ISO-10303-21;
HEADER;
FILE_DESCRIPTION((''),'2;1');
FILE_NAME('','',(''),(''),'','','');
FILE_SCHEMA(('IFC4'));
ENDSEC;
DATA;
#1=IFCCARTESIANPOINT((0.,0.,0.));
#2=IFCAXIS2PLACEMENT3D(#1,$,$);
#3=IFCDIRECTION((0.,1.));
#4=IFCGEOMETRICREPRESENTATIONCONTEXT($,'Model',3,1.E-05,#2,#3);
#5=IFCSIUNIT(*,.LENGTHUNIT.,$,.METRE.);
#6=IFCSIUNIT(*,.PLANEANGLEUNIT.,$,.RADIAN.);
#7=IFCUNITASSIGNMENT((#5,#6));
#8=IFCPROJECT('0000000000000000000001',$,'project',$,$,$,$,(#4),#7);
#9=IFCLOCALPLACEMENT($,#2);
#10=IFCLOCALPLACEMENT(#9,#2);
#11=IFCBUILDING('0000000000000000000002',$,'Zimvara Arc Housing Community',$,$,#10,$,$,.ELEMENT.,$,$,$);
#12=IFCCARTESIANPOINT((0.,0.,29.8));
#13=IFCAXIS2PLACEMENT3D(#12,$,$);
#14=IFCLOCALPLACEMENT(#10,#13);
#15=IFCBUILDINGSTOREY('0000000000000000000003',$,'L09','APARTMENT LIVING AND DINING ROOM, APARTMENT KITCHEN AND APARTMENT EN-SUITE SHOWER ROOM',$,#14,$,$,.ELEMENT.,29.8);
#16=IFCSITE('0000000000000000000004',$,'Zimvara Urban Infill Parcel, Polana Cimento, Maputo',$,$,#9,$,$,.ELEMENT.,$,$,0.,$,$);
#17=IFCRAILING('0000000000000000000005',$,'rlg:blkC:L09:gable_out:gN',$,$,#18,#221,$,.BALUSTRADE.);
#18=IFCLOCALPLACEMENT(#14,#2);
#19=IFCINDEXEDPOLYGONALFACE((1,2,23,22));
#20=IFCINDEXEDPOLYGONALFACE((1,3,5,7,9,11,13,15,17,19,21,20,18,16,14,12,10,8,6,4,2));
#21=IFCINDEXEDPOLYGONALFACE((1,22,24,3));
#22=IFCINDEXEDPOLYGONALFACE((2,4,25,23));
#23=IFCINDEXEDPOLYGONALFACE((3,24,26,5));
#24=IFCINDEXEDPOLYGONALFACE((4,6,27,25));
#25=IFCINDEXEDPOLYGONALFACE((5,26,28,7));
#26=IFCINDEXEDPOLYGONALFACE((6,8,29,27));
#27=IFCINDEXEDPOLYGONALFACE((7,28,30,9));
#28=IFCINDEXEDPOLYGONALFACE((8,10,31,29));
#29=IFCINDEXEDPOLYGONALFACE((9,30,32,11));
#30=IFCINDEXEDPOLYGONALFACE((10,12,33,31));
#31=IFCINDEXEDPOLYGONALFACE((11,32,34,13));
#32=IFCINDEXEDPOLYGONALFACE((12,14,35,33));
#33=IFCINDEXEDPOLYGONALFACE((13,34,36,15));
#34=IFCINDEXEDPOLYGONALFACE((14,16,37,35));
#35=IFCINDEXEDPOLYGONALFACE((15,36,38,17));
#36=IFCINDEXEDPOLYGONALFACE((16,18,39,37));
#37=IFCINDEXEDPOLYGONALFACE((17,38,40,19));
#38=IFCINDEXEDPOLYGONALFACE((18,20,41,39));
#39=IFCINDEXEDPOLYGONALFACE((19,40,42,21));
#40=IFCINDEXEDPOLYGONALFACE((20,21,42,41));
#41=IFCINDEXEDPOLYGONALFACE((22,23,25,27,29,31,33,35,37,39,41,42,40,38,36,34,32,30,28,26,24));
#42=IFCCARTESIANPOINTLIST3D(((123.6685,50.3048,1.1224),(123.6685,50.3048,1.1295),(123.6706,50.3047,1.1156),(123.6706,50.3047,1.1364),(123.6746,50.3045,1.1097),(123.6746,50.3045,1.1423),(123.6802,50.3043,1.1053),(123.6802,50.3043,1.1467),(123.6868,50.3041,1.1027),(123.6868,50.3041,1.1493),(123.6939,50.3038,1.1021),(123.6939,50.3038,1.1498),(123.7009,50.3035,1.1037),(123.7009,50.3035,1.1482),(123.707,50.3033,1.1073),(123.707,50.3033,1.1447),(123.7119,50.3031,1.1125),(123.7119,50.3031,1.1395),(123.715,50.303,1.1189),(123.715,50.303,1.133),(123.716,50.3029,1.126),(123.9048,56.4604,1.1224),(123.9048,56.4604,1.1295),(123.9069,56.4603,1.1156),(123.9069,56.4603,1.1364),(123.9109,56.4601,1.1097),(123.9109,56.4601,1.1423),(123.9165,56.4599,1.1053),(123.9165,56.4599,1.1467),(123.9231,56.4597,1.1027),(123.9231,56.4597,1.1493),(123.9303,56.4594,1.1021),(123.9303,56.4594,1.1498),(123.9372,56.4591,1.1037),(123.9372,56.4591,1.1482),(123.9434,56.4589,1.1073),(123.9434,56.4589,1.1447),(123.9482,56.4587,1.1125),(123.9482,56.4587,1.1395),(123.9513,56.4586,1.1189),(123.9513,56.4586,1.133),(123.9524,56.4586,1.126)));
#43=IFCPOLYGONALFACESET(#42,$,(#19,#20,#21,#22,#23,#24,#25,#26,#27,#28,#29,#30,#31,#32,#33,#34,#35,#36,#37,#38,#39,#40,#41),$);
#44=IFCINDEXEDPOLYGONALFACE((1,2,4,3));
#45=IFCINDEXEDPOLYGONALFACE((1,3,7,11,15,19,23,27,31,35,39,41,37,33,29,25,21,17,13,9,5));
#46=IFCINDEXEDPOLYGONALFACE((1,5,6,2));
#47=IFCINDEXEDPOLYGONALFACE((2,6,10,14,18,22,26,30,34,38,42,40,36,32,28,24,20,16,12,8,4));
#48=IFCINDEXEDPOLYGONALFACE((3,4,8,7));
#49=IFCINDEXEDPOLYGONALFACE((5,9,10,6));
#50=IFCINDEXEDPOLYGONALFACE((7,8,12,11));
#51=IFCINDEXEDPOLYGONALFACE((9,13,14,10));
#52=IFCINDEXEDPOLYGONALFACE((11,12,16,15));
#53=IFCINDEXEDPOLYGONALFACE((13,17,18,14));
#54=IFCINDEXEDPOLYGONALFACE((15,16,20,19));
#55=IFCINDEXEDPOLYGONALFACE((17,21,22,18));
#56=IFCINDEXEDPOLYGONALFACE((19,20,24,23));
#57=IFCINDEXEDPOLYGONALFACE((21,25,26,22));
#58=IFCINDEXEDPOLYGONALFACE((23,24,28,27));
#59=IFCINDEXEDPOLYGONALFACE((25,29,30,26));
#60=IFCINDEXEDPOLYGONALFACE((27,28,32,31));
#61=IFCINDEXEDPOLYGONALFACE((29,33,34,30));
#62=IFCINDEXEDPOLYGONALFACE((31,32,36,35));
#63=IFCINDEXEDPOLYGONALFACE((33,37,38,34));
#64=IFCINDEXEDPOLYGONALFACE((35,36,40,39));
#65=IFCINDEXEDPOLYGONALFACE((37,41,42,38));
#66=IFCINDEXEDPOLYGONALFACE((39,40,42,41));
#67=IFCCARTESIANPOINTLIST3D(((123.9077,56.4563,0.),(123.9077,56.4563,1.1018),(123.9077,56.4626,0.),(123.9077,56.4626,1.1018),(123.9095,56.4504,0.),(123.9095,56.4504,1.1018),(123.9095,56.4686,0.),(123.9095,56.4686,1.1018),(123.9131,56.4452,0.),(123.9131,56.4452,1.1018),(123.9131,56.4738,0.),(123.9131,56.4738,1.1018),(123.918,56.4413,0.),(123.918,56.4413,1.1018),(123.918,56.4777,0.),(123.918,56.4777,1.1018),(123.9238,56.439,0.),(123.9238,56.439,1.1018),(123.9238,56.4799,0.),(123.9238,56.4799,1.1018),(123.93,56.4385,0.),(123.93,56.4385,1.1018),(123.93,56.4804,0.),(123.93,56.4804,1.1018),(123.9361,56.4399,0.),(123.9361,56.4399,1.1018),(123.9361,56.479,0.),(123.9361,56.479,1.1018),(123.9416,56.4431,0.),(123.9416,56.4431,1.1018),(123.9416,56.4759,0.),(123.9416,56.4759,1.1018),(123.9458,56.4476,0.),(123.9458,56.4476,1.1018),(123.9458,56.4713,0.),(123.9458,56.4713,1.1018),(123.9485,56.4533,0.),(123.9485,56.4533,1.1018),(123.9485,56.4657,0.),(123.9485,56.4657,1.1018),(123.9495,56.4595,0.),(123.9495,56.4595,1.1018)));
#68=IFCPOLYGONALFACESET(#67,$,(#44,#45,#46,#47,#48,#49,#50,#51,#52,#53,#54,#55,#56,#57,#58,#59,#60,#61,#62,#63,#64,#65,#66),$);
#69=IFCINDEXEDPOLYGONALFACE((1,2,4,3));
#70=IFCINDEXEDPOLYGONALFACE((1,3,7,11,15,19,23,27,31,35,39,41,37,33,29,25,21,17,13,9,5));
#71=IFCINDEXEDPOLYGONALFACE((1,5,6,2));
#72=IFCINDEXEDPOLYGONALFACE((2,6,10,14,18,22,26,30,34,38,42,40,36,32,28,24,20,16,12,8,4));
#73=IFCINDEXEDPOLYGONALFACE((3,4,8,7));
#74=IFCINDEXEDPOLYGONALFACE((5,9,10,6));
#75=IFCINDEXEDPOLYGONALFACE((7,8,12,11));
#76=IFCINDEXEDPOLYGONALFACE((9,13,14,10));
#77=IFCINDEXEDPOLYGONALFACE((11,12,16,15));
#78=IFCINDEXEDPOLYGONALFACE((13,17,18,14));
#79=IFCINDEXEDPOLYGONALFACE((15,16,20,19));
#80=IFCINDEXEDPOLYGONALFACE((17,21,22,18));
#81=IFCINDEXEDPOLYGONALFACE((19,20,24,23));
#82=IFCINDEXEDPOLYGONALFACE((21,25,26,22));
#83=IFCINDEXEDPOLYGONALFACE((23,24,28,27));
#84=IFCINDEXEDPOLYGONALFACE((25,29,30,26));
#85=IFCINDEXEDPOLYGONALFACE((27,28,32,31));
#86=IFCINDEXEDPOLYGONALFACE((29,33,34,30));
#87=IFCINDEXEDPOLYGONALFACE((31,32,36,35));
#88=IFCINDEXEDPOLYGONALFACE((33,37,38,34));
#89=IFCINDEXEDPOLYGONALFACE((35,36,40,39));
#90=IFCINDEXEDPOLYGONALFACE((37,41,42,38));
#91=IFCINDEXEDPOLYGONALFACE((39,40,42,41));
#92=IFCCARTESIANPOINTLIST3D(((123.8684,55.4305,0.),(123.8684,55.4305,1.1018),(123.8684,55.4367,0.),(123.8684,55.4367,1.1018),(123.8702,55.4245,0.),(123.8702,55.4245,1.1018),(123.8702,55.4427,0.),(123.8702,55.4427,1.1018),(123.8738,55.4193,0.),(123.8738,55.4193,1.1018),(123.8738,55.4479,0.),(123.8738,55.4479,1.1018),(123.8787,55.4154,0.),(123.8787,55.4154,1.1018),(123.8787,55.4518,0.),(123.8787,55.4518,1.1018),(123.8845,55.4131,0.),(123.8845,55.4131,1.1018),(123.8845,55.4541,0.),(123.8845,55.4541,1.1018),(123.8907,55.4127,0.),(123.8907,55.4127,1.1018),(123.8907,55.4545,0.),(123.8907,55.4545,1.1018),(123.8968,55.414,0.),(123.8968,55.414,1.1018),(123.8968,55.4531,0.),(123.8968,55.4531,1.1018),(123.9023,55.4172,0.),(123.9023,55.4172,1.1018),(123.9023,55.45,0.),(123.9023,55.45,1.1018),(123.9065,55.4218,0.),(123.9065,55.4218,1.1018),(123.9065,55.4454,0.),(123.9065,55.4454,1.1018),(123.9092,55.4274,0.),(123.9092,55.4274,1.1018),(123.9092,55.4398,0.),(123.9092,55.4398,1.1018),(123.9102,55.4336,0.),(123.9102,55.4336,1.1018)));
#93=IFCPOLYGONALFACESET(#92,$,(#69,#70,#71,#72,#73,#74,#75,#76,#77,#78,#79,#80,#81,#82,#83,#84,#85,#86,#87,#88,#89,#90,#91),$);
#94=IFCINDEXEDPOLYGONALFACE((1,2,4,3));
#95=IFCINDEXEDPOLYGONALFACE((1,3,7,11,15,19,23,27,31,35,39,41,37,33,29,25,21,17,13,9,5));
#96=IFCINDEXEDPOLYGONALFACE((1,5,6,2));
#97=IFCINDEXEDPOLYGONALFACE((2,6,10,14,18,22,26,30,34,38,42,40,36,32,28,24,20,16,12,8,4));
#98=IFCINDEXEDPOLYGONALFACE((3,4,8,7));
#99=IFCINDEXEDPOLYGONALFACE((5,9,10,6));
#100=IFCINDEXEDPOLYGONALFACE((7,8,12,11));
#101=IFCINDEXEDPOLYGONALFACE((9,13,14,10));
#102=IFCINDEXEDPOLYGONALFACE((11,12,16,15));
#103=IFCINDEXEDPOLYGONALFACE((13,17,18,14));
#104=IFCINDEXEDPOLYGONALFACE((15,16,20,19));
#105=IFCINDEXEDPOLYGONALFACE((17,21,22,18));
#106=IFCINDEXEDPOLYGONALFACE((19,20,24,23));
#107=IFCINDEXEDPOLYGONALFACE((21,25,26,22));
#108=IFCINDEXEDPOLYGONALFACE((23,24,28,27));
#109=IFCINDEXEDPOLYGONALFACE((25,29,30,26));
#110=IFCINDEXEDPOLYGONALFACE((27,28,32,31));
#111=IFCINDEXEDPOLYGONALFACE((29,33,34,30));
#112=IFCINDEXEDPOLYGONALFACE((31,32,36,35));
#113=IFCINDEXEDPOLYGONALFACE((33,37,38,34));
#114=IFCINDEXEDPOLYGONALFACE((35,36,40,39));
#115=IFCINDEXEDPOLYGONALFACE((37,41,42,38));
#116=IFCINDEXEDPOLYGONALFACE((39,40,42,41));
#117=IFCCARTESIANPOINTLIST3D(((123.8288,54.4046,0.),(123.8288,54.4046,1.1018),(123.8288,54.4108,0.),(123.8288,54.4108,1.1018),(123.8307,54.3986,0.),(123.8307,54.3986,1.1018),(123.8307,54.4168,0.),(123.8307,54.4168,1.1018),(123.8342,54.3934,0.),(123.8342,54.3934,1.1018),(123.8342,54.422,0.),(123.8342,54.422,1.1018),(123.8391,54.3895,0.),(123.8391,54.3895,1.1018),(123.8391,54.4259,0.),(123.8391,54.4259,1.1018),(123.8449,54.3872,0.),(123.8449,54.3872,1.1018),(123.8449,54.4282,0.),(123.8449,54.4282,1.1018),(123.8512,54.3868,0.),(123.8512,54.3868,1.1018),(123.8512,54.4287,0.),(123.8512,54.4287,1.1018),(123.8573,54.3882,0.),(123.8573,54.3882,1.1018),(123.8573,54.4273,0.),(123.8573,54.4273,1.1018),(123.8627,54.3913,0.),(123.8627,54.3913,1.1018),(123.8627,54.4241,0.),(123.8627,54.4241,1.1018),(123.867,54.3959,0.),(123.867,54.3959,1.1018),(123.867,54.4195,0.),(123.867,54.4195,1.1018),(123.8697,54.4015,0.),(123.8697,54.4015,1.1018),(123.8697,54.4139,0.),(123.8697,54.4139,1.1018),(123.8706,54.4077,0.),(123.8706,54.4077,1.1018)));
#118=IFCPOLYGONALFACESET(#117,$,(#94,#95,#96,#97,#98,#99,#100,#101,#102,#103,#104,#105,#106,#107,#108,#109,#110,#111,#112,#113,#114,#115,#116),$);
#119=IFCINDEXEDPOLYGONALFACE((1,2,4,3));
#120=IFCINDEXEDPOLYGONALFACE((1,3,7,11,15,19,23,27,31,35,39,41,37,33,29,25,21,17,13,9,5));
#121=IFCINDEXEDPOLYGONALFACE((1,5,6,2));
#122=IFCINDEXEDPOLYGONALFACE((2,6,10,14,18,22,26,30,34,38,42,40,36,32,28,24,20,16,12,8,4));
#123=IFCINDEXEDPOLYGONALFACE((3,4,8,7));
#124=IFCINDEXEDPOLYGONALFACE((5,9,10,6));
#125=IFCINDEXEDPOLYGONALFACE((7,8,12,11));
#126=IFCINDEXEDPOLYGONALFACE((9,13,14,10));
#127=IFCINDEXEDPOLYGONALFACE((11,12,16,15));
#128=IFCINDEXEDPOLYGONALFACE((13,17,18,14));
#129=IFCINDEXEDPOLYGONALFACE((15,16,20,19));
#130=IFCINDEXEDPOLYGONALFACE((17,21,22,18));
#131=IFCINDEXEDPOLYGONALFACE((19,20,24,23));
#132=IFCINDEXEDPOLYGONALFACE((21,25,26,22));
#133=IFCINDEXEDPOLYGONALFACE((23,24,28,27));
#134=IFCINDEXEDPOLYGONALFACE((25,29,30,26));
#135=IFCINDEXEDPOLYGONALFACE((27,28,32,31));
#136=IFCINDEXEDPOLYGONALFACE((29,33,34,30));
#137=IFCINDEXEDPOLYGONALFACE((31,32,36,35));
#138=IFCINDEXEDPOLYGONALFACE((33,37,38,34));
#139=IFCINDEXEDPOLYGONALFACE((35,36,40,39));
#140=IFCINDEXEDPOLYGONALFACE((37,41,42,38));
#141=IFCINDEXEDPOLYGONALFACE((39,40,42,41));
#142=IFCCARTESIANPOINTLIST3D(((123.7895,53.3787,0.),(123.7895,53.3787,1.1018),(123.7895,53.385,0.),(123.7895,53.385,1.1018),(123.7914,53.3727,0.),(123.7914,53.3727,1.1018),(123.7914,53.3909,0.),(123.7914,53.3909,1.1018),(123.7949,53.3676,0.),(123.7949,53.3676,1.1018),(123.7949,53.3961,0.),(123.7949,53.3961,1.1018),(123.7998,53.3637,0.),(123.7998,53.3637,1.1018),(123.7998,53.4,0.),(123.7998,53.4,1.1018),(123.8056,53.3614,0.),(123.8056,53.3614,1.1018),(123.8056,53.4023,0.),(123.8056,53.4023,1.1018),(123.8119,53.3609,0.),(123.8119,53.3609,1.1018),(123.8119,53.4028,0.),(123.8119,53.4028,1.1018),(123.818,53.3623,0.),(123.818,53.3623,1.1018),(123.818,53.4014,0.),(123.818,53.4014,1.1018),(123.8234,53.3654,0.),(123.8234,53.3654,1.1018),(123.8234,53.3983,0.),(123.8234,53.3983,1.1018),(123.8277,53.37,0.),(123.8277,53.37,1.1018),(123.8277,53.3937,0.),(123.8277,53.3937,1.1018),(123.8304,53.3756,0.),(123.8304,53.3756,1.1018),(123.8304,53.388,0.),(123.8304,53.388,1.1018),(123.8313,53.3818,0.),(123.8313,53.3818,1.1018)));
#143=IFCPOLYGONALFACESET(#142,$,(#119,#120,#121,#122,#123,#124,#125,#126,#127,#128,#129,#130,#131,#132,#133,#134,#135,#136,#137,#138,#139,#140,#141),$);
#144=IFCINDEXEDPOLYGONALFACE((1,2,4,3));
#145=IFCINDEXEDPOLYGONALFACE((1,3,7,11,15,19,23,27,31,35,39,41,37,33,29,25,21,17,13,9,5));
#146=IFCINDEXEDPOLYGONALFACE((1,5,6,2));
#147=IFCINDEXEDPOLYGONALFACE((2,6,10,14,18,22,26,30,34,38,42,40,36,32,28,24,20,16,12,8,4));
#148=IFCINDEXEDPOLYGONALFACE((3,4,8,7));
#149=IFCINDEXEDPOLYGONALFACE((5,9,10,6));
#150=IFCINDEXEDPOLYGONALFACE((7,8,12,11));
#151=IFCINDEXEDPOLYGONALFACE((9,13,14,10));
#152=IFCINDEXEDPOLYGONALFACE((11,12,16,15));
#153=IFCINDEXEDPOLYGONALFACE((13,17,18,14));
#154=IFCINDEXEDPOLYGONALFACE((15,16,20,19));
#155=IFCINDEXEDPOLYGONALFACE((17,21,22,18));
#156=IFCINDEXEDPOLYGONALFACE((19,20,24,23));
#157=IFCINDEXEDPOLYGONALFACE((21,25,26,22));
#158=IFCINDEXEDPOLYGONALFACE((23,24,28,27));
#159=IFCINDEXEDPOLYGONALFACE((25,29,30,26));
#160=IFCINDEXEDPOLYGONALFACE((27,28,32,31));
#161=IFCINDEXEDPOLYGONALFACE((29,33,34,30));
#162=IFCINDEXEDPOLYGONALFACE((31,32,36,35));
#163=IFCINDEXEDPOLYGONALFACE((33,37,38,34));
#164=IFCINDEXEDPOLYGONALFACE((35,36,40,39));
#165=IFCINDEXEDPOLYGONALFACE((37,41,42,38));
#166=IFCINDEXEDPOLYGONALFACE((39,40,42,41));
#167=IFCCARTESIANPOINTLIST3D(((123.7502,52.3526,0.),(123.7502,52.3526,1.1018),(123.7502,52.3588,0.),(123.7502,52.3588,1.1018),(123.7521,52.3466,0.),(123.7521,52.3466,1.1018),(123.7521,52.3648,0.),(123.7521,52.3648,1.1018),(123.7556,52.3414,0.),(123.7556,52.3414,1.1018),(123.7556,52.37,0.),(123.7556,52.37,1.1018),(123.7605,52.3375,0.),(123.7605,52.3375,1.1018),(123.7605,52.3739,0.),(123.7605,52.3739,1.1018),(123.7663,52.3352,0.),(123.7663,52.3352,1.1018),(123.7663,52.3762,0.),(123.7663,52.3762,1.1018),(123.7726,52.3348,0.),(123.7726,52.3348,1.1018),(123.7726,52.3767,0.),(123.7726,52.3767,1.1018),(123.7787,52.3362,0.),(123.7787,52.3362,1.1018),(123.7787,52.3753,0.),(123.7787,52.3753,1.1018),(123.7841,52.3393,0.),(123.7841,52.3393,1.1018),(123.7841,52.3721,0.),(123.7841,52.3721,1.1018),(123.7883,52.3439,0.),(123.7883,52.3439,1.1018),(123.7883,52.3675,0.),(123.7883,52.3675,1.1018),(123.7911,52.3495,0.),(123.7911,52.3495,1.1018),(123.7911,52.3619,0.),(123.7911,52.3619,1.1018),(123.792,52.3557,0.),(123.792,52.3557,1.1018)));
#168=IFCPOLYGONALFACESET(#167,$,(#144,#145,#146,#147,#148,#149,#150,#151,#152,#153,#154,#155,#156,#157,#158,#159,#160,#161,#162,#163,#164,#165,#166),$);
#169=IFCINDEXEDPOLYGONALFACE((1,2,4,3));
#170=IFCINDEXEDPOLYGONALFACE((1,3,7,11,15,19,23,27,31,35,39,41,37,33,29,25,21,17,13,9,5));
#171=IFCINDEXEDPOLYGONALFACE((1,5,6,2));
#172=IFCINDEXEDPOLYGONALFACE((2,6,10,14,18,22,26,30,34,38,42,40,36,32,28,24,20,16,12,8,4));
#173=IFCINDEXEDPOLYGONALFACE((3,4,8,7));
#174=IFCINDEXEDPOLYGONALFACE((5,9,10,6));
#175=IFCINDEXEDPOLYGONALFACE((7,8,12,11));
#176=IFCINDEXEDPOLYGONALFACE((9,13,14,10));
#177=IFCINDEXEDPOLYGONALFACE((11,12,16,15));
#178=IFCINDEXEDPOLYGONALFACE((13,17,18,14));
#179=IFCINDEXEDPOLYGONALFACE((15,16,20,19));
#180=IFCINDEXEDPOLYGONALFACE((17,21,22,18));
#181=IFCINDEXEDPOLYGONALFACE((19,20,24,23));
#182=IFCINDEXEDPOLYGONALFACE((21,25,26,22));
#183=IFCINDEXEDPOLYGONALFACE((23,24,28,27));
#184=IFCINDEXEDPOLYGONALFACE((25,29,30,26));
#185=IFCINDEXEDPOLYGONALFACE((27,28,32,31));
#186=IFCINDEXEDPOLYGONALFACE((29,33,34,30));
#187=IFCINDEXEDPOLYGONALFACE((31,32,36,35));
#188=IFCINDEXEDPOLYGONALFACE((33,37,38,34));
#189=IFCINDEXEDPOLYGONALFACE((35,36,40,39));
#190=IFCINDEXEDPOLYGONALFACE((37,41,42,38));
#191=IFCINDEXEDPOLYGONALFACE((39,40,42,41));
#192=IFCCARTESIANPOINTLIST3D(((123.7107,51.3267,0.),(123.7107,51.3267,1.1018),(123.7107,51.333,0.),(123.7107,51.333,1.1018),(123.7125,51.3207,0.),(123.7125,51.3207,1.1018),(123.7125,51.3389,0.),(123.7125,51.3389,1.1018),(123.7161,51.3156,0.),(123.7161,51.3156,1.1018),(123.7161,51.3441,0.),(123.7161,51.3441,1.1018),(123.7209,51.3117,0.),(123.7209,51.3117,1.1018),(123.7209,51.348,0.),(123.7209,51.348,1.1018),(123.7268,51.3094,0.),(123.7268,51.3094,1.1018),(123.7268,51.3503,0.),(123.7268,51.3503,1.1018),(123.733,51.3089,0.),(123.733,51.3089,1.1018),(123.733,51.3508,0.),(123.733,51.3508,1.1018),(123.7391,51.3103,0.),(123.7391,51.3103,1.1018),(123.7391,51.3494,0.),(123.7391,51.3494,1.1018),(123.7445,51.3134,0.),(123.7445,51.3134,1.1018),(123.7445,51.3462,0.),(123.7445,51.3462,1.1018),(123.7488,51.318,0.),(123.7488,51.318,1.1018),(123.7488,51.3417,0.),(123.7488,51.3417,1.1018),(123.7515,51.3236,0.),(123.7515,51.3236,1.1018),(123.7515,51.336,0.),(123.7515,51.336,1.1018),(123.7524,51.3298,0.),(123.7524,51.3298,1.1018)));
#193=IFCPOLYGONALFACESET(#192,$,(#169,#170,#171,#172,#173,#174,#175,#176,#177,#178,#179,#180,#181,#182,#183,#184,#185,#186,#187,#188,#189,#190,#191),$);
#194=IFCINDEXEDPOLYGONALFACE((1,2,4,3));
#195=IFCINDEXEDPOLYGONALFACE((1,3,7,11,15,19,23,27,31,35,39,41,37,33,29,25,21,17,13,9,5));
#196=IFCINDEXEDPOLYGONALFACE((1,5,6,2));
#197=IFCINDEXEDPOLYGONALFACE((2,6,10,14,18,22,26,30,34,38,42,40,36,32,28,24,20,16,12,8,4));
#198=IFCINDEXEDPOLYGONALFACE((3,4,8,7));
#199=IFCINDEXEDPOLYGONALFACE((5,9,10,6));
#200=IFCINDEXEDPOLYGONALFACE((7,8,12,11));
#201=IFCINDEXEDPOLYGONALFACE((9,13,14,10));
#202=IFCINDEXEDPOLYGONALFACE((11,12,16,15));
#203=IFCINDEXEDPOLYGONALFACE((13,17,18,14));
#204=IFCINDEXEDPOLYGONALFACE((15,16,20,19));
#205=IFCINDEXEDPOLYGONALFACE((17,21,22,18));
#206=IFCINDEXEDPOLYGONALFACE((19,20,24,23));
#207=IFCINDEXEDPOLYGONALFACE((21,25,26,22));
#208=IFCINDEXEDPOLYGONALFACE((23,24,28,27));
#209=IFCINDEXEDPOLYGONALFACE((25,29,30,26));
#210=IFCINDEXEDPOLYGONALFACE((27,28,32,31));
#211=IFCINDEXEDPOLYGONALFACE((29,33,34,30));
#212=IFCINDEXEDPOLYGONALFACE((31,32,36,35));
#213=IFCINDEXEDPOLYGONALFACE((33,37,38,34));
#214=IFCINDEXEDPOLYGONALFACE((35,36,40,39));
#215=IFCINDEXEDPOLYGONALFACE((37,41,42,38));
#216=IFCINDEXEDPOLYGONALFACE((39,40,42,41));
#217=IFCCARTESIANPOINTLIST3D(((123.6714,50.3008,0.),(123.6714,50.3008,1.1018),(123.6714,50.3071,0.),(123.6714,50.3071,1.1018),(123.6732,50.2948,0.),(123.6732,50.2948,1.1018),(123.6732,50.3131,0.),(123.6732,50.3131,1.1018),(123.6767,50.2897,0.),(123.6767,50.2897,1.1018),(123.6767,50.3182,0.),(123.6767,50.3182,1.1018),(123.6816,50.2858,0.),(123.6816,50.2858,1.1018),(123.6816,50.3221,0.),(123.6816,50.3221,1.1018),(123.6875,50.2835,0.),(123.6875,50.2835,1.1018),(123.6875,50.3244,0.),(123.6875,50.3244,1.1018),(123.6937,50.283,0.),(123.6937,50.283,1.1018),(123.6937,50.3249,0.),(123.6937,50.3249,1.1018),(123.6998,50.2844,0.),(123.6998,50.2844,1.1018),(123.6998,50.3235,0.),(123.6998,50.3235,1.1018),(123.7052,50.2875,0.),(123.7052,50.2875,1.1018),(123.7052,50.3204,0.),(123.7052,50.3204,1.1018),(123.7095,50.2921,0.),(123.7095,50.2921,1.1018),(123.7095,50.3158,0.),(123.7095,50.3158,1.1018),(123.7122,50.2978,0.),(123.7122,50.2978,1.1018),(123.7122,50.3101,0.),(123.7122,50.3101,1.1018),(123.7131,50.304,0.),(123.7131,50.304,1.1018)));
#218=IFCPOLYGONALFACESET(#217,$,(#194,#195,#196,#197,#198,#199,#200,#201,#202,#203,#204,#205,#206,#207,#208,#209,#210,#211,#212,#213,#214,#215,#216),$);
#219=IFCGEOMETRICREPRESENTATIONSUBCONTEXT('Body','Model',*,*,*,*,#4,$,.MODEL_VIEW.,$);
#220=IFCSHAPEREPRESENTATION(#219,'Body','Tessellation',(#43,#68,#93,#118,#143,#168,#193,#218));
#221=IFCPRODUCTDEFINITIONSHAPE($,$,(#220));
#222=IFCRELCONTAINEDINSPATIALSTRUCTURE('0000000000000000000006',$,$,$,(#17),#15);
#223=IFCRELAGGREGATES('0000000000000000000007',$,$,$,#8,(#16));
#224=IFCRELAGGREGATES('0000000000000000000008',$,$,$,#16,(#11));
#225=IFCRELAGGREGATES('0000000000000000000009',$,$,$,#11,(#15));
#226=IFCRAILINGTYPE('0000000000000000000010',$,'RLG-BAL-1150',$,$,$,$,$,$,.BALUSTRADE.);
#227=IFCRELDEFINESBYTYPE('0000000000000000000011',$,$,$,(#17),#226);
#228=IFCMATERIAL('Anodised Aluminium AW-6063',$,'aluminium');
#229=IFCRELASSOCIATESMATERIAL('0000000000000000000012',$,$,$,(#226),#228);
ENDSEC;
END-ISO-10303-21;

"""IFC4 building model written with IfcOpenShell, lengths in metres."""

from ifc_helpers import new_model, si_unit, direction, frame, origin, origin_2d, place, context, subcontext, project, spatial, circle, extrude, material, type_object, element, save


model = new_model("IFC4")

# Units and contexts
model_context = context("Model", 3, precision=1e-05, world=origin(), true_north=direction((0.0, 1.0)))
body_context = subcontext(model_context, "Body", "Model", "MODEL_VIEW")
ifc_project = project(units=[si_unit("LENGTHUNIT", "METRE"), si_unit("PLANEANGLEUNIT", "RADIAN")], contexts=[model_context])

# Site, building, storey
site_placement = place(None, origin())
site = spatial("IfcSite", under=ifc_project, at=site_placement, Name="Zimvara Urban Infill Parcel, Polana Cimento, Maputo", CompositionType="ELEMENT", RefElevation=0.0)
building_placement = place(site_placement, origin())
building = spatial("IfcBuilding", under=site, at=building_placement, Name="Zimvara Arc Housing Community", CompositionType="ELEMENT")
storey_placement = place(building_placement, frame((0.0, 0.0, 29.8)))
storey = spatial("IfcBuildingStorey", under=building, at=storey_placement, Name="L09", Description="APARTMENT LIVING AND DINING ROOM, APARTMENT KITCHEN AND APARTMENT EN-SUITE SHOWER ROOM", CompositionType="ELEMENT", Elevation=29.8)

# Railing
ifc_material_1 = material(Name="Anodised Aluminium AW-6063", Category="aluminium")
railing_type = type_object("IfcRailingType", Name="RLG-BAL-1150", PredefinedType="BALUSTRADE", material=ifc_material_1)
railing_placement = place(storey_placement, frame((123.9285, 56.4595, 0.0)))
element("IfcRailing", 1, at=railing_placement, inside=storey, type_object=railing_type, Name="rlg:blkC:L09:gable_out:gN", PredefinedType="BALUSTRADE", context=body_context, shape_type="SweptSolid", body=[
    extrude(circle(Radius=0.0239, at=origin_2d()), frame((0.0, 0.0, 1.126), z_axis=(-0.038365, -0.999264, 0.0), x_axis=(0.999264, -0.038365, 0.0)), (0.0, 0.0, 1.0), 6.1602),
    extrude(circle(Radius=0.021, at=origin_2d()), origin(), (0.0, 0.0, 1.0), 1.1018),
    extrude(circle(Radius=0.021, at=origin_2d()), frame((-0.0393, -1.0259, 0.0)), (0.0, 0.0, 1.0), 1.1018),
    extrude(circle(Radius=0.021, at=origin_2d()), frame((-0.0789, -2.0518, 0.0)), (0.0, 0.0, 1.0), 1.1018),
    extrude(circle(Radius=0.021, at=origin_2d()), frame((-0.1182, -3.0776, 0.0)), (0.0, 0.0, 1.0), 1.1018),
    extrude(circle(Radius=0.021, at=origin_2d()), frame((-0.1575, -4.1038, 0.0)), (0.0, 0.0, 1.0), 1.1018),
    extrude(circle(Radius=0.021, at=origin_2d()), frame((-0.197, -5.1296, 0.0)), (0.0, 0.0, 1.0), 1.1018),
    extrude(circle(Radius=0.021, at=origin_2d()), frame((-0.2363, -6.1555, 0.0)), (0.0, 0.0, 1.0), 1.1018),
])

save(model, "model.ifc")
